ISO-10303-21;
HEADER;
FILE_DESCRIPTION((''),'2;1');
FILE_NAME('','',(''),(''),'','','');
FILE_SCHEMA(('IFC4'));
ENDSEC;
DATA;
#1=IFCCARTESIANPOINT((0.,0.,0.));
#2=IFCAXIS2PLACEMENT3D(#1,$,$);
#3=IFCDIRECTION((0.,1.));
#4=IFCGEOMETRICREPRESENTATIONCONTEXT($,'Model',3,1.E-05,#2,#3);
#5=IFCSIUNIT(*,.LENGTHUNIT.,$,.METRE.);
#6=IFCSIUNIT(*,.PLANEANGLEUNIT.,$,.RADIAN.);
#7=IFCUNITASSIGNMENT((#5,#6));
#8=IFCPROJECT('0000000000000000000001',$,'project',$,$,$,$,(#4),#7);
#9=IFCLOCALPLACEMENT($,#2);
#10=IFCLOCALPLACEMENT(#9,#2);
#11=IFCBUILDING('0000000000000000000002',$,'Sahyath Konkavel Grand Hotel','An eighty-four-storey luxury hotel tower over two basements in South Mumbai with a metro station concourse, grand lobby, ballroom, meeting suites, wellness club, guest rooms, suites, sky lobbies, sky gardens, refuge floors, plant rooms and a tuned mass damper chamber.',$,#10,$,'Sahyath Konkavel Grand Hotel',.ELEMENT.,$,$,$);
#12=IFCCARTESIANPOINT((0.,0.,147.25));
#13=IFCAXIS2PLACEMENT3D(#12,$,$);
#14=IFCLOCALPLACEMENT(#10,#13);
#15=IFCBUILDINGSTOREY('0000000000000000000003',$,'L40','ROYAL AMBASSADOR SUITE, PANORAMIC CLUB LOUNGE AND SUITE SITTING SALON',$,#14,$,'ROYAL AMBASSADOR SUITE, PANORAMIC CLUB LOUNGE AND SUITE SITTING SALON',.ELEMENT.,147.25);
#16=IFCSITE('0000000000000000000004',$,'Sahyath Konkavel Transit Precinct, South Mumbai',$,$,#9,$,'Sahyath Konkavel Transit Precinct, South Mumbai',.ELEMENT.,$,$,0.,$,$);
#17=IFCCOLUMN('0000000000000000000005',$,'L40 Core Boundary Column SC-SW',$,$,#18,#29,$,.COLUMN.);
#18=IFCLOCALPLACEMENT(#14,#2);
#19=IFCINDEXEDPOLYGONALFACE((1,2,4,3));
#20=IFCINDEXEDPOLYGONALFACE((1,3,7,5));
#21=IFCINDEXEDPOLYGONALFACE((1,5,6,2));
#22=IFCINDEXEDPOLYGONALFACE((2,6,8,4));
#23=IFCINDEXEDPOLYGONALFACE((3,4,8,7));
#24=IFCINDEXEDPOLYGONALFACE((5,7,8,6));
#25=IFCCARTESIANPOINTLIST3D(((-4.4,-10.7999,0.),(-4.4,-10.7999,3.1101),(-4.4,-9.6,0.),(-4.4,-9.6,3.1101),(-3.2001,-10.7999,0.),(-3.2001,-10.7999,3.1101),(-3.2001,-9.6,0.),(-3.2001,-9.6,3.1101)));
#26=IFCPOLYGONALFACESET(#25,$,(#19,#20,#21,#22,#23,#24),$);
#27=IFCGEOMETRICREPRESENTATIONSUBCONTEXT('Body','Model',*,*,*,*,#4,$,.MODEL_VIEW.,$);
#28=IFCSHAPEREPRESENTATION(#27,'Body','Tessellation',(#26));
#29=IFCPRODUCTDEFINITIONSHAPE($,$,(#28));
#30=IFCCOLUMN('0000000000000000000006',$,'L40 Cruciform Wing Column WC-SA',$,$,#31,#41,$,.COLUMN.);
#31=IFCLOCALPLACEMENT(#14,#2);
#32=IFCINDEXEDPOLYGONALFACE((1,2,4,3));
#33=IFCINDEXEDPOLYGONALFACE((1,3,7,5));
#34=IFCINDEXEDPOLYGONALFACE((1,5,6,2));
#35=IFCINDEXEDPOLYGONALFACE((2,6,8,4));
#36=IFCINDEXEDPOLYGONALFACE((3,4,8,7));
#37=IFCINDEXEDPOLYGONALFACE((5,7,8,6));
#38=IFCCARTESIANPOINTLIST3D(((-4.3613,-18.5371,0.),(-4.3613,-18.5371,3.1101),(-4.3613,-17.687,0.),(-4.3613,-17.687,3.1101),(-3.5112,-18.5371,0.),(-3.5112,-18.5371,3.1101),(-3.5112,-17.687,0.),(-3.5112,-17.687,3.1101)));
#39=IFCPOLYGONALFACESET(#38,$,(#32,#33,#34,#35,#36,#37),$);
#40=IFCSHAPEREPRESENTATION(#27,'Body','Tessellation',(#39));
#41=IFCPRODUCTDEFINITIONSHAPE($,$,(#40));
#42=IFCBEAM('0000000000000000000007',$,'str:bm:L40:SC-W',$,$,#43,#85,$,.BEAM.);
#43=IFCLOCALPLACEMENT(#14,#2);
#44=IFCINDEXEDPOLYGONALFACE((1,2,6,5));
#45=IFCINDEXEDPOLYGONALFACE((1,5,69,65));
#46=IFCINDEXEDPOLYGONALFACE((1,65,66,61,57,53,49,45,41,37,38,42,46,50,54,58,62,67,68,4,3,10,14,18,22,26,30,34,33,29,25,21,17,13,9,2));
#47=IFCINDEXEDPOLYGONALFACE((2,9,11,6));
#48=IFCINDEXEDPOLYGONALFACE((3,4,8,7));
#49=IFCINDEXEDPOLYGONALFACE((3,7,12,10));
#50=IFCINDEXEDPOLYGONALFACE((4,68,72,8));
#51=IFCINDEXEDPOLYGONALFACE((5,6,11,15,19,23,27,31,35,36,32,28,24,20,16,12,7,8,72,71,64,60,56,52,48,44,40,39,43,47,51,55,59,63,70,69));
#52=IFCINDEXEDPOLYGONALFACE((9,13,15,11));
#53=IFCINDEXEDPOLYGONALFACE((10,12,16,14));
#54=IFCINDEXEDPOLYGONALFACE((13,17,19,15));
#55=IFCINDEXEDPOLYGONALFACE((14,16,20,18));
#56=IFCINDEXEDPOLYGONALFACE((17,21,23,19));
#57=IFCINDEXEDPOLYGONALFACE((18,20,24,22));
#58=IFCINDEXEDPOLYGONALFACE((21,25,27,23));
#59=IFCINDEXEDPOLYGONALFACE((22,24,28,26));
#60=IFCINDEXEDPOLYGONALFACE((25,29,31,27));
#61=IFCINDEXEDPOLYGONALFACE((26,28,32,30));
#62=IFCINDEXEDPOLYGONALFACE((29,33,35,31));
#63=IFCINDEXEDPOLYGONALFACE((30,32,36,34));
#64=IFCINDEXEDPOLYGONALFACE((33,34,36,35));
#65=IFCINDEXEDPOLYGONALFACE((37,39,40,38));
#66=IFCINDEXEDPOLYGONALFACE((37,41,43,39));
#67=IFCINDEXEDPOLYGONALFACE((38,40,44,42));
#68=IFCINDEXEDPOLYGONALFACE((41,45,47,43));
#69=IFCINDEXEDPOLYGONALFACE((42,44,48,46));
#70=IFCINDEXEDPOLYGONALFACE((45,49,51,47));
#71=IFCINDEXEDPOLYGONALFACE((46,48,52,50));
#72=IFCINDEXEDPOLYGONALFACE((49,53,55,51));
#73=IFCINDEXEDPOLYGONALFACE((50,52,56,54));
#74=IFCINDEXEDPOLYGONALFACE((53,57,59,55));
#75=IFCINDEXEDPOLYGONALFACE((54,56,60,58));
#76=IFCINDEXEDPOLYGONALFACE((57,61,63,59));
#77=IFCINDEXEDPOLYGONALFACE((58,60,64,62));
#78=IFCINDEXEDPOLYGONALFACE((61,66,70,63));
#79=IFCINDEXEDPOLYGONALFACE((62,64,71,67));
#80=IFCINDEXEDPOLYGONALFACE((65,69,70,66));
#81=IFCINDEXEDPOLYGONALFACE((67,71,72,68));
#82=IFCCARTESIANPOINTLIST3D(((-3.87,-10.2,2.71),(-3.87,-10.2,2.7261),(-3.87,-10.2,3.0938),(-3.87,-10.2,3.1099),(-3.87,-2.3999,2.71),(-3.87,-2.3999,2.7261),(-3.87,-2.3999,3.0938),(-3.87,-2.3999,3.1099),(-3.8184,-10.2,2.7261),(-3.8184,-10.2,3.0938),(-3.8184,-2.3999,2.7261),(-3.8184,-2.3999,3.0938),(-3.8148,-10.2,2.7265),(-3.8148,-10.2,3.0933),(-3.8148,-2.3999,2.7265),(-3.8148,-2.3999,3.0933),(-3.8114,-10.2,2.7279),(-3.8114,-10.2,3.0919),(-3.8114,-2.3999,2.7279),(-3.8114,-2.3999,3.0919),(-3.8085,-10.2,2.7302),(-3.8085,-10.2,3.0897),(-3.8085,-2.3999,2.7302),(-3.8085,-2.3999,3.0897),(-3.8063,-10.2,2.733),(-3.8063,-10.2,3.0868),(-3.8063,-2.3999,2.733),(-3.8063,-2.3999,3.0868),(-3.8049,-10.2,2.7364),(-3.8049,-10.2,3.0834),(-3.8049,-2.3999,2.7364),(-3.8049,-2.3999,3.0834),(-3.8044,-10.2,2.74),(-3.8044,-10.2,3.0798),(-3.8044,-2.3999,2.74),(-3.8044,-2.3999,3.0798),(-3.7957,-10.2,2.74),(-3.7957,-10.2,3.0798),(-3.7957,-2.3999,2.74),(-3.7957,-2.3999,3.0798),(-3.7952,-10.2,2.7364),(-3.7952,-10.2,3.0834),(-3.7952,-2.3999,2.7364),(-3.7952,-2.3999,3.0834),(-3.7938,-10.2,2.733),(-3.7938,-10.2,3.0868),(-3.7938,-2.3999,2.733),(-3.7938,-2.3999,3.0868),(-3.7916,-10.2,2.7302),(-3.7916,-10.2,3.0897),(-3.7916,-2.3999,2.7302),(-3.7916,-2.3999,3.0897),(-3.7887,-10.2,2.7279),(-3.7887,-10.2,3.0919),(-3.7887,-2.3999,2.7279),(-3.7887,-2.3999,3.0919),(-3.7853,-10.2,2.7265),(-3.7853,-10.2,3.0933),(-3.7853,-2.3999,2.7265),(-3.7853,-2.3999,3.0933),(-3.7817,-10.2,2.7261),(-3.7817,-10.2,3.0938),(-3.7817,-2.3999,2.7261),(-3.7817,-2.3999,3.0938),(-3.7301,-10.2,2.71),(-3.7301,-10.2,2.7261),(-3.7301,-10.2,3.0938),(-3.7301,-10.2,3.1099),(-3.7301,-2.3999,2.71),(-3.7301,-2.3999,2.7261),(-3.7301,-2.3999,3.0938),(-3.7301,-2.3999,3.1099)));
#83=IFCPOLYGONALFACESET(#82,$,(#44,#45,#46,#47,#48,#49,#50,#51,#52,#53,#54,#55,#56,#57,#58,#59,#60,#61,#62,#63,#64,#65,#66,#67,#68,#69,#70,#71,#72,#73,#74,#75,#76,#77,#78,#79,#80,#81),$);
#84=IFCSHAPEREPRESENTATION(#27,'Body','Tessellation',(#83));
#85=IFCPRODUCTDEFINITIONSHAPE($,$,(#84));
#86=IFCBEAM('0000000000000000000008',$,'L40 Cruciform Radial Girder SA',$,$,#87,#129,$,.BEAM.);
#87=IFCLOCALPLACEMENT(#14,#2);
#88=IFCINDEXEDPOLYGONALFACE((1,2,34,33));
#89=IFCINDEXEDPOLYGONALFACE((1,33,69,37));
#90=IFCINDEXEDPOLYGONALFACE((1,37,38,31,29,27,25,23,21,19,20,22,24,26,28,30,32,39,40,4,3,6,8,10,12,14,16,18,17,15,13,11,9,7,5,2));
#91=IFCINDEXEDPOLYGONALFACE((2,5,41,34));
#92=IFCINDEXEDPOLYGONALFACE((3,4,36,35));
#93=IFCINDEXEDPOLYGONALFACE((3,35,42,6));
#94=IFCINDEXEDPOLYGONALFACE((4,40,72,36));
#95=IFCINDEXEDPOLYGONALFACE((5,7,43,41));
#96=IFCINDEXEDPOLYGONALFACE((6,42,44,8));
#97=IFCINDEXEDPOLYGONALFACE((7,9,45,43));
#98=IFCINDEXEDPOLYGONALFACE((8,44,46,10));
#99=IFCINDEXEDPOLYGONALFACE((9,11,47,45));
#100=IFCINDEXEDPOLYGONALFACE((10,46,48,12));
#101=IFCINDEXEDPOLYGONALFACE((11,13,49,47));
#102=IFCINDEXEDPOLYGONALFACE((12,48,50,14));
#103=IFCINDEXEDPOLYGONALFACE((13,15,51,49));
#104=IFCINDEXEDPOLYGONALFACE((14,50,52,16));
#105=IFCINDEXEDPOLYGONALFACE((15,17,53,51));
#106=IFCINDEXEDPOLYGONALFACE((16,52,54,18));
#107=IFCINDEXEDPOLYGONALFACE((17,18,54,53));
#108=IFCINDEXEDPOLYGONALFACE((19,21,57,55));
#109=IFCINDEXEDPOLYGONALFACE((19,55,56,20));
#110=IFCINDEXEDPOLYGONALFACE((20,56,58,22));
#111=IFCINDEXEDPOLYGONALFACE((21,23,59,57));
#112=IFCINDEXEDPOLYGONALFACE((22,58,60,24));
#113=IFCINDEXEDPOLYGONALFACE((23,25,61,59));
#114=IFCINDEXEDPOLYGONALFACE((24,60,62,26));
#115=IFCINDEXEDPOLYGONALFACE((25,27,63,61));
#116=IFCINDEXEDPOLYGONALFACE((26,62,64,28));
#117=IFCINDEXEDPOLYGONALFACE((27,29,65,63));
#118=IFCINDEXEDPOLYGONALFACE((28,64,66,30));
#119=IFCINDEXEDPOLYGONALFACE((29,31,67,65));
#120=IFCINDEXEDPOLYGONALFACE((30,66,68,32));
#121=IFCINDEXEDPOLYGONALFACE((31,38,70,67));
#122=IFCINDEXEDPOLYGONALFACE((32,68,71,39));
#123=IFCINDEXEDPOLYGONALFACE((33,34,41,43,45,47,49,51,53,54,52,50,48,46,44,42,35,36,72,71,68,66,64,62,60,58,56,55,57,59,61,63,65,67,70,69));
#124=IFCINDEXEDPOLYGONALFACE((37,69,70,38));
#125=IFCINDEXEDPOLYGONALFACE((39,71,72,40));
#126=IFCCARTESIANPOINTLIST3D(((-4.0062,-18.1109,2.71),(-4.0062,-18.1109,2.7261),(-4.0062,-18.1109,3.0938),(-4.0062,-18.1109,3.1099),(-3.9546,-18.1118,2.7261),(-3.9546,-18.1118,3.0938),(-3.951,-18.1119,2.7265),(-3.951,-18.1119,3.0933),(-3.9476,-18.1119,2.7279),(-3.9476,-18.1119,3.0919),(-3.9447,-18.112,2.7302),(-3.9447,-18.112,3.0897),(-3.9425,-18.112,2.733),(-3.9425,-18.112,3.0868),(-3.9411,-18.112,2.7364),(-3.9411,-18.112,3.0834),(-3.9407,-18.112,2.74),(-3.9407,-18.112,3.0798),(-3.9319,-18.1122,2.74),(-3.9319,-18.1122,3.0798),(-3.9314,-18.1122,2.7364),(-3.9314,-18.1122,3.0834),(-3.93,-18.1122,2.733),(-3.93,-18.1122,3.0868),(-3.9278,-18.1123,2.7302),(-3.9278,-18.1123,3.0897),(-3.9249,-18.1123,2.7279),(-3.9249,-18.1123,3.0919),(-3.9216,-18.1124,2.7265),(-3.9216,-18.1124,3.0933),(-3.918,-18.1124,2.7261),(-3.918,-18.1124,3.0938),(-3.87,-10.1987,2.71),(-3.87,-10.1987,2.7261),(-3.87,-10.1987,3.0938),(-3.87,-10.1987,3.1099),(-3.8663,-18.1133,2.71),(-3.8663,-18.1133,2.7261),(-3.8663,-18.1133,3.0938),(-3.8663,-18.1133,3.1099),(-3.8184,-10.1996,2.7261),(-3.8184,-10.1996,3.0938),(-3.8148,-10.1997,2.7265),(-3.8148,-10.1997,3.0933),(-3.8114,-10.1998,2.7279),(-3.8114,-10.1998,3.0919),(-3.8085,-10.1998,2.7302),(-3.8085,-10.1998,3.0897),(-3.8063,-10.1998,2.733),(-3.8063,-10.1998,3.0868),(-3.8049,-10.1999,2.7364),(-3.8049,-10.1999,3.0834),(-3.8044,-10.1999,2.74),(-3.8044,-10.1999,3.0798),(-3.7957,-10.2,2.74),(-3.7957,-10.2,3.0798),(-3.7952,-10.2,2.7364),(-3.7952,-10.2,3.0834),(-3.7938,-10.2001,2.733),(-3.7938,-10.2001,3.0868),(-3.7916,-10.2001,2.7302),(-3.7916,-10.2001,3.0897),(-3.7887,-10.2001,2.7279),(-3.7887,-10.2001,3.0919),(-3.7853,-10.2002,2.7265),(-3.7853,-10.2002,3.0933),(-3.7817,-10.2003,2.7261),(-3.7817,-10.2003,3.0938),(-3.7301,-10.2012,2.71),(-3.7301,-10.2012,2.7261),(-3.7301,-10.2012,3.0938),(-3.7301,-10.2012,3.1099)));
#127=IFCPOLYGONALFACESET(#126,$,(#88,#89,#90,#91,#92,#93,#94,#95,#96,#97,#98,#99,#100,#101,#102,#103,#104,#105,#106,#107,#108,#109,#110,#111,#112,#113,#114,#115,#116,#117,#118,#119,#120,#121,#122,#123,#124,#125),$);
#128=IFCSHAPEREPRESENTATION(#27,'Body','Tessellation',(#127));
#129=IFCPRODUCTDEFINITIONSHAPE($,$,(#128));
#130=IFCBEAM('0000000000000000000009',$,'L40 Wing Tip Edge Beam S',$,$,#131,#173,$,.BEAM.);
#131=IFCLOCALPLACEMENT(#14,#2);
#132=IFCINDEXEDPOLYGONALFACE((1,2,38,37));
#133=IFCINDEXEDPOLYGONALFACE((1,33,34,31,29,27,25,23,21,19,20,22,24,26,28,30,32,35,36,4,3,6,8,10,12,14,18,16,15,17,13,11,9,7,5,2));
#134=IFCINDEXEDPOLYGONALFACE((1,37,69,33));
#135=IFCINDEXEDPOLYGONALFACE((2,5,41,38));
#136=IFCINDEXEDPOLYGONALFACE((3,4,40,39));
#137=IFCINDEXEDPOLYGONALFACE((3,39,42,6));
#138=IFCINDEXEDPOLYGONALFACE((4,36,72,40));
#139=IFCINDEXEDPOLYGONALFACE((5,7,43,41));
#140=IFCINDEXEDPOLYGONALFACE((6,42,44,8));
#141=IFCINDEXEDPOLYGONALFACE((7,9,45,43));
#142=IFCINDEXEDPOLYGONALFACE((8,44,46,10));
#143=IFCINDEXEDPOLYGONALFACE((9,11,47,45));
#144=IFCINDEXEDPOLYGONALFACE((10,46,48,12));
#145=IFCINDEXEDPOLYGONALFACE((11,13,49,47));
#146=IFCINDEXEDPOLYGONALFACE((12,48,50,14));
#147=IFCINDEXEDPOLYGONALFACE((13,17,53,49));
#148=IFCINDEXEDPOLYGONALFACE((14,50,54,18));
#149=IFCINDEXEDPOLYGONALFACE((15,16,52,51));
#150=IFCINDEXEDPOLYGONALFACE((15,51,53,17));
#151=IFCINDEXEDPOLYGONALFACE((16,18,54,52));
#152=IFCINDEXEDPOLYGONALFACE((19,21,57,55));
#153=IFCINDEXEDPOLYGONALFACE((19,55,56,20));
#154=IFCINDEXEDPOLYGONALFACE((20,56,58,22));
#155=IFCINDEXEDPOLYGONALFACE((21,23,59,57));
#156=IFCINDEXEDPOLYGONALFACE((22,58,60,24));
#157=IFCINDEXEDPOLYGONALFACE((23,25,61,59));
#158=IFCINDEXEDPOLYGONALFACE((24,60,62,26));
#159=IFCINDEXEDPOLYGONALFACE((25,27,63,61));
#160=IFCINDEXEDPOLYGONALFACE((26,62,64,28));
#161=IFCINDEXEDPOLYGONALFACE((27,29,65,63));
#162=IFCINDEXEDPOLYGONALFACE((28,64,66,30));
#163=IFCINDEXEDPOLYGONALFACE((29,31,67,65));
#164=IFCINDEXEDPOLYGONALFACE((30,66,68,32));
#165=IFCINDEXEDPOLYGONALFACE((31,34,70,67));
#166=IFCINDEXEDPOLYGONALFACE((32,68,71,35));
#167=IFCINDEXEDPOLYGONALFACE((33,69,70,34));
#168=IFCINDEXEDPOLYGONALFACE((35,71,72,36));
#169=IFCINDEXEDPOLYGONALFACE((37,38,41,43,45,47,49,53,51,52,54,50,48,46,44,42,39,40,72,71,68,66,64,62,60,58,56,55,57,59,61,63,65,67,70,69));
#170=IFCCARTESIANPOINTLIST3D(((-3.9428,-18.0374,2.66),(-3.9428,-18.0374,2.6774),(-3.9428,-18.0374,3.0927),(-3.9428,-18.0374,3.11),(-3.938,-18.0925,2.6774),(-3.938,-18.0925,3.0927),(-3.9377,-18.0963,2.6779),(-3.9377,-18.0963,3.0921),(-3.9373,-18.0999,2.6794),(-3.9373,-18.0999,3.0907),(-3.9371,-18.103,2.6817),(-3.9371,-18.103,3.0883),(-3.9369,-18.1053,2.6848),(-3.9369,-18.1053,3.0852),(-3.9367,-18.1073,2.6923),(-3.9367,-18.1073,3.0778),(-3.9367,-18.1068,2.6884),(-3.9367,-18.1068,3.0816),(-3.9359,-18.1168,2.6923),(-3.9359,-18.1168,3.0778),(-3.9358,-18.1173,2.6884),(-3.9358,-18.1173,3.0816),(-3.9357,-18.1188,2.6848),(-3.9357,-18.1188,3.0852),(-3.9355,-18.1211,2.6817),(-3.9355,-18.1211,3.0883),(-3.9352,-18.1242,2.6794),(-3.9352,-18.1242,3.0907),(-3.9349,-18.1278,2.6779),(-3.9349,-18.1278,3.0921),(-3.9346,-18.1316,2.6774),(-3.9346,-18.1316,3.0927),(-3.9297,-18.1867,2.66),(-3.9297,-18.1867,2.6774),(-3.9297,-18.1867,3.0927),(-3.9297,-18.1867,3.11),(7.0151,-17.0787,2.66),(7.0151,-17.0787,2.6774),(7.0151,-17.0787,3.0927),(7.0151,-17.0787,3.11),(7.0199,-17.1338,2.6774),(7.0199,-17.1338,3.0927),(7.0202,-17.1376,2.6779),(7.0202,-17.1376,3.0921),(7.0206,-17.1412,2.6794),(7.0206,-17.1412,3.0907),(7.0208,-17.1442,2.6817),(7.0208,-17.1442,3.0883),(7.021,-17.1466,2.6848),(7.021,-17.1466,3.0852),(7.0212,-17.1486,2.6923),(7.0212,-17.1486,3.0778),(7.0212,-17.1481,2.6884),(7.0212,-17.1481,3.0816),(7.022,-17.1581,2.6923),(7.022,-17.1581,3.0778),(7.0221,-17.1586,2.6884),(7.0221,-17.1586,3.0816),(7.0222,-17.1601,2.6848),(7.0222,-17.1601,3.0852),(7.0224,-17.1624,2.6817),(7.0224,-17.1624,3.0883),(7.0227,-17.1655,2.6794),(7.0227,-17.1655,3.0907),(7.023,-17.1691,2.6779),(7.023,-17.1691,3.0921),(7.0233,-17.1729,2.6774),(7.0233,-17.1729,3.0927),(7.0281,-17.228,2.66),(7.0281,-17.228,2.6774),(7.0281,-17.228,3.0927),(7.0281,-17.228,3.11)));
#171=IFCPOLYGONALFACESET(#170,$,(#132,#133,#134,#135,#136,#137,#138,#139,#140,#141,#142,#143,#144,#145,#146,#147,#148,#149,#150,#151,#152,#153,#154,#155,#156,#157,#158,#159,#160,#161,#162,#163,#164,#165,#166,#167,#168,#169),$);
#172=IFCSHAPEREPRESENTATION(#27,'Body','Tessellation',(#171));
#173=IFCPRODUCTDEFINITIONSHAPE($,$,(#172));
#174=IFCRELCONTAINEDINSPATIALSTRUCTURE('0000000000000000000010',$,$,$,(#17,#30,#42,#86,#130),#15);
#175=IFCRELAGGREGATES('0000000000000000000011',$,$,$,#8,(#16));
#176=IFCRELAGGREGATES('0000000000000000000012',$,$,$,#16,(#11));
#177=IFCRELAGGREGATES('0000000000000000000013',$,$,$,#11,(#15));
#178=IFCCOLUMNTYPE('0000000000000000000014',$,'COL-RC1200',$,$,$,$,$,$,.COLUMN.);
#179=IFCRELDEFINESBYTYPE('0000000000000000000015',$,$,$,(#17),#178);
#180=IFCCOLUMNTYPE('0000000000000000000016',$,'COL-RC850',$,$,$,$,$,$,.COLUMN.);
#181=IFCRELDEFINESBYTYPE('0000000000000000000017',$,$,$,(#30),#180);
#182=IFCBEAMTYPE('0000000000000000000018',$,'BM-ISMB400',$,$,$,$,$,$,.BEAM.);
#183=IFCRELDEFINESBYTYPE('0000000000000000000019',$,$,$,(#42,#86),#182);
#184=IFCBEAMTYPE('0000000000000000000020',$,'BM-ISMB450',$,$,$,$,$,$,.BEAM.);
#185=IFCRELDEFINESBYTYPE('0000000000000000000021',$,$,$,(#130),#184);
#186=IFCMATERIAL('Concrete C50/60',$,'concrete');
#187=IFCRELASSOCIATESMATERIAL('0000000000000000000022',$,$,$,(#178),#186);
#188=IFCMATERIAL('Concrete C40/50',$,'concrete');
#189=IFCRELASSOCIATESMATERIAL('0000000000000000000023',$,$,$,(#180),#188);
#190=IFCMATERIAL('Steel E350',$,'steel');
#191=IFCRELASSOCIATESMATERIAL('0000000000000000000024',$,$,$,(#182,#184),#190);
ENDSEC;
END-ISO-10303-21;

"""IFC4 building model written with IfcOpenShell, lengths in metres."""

from ifc_helpers import new_model, si_unit, direction, frame, origin, origin_2d, place, context, subcontext, project, spatial, rectangle, i_section, extrude, source, transform, mapped, material, material_profile, profile_set, type_object, element, save


model = new_model("IFC4")

# Units and contexts
model_context = context("Model", 3, precision=1e-05, world=origin(), true_north=direction((0.0, 1.0)))
body_context = subcontext(model_context, "Body", "Model", "MODEL_VIEW")
ifc_project = project(units=[si_unit("LENGTHUNIT", "METRE"), si_unit("PLANEANGLEUNIT", "RADIAN")], contexts=[model_context])

# Site, building, storey
site_placement = place(None, origin())
site = spatial("IfcSite", under=ifc_project, at=site_placement, Name="Sahyath Konkavel Transit Precinct, South Mumbai", LongName="Sahyath Konkavel Transit Precinct, South Mumbai", CompositionType="ELEMENT", RefElevation=0.0)
building_placement = place(site_placement, origin())
building = spatial("IfcBuilding", under=site, at=building_placement, Name="Sahyath Konkavel Grand Hotel", Description="An eighty-four-storey luxury hotel tower over two basements in South Mumbai with a metro station concourse, grand lobby, ballroom, meeting suites, wellness club, guest rooms, suites, sky lobbies, sky gardens, refuge floors, plant rooms and a tuned mass damper chamber.", LongName="Sahyath Konkavel Grand Hotel", CompositionType="ELEMENT")
storey_placement = place(building_placement, frame((0.0, 0.0, 147.25)))
storey = spatial("IfcBuildingStorey", under=building, at=storey_placement, Name="L40", Description="ROYAL AMBASSADOR SUITE, PANORAMIC CLUB LOUNGE AND SUITE SITTING SALON", LongName="ROYAL AMBASSADOR SUITE, PANORAMIC CLUB LOUNGE AND SUITE SITTING SALON", CompositionType="ELEMENT", Elevation=147.25)

# Columns
ifc_material_1 = material(Name="Concrete C50/60", Category="concrete")
ifc_material_profile_1 = material_profile(ifc_material_1, rectangle(XDim=1.2, YDim=1.2, at=origin_2d()), Name="RC 1200x1200")
ifc_profile_set_1 = profile_set([ifc_material_profile_1], Name="Concrete C50/60")
column_type_1 = type_object("IfcColumnType", Name="COL-RC1200", PredefinedType="COLUMN", material=ifc_profile_set_1)
shared_shape_1 = source(origin(), body_context, "Body", "SweptSolid", [
    extrude(rectangle(XDim=1.2, YDim=1.2, at=origin_2d()), origin(), (0.0, 0.0, 1.0), 3.1101),
])
column_1_placement = place(storey_placement, frame((-3.8, -10.2, 0.0), z_axis=(0.0, 0.0, 1.0), x_axis=(1.0, 0.0, 0.0)))
element("IfcColumn", 1, at=column_1_placement, inside=storey, type_object=column_type_1, Name="L40 Core Boundary Column SC-SW", PredefinedType="COLUMN", context=body_context, shape_type="MappedRepresentation", body=[
    mapped(shared_shape_1, transform((0.0, 0.0, 0.0), scale=1.0)),
])
ifc_material_2 = material(Name="Concrete C40/50", Category="concrete")
ifc_material_profile_2 = material_profile(ifc_material_2, rectangle(XDim=0.8501, YDim=0.8501, at=origin_2d()), Name="RC 850x850")
ifc_profile_set_2 = profile_set([ifc_material_profile_2], Name="Concrete C40/50")
column_type_2 = type_object("IfcColumnType", Name="COL-RC850", PredefinedType="COLUMN", material=ifc_profile_set_2)
shared_shape_2 = source(origin(), body_context, "Body", "SweptSolid", [
    extrude(rectangle(XDim=0.8501, YDim=0.8501, at=origin_2d()), origin(), (0.0, 0.0, 1.0), 3.1101),
])
column_2_placement = place(storey_placement, frame((-3.9363, -18.1121, 0.0), z_axis=(0.0, 0.0, 1.0), x_axis=(1.0, 0.0, 0.0)))
element("IfcColumn", 2, at=column_2_placement, inside=storey, type_object=column_type_2, Name="L40 Cruciform Wing Column WC-SA", PredefinedType="COLUMN", context=body_context, shape_type="MappedRepresentation", body=[
    mapped(shared_shape_2, transform((0.0, 0.0, 0.0), scale=1.0)),
])

# Beams
ifc_material_3 = material(Name="Steel E350", Category="steel")
ifc_material_profile_3 = material_profile(ifc_material_3, i_section(OverallWidth=0.1399, OverallDepth=0.3999, WebThickness=0.0088, FlangeThickness=0.0161, FilletRadius=0.0139, at=origin_2d()), Name="ISMB 400")
ifc_profile_set_3 = profile_set([ifc_material_profile_3], Name="Steel E350")
beam_type_1 = type_object("IfcBeamType", Name="BM-ISMB400", PredefinedType="BEAM", material=ifc_profile_set_3)
shared_shape_3 = source(origin(), body_context, "Body", "SweptSolid", [
    extrude(i_section(OverallWidth=0.1399, OverallDepth=0.3999, WebThickness=0.0088, FlangeThickness=0.0161, FilletRadius=0.0139, at=origin_2d()), origin(), (0.0, 0.0, 1.0), 7.8),
])
beam_1_placement = place(storey_placement, frame((-3.8, -10.2, 2.9099), z_axis=(0.0, 1.0, 0.0), x_axis=(-1.0, 0.0, 0.0)))
element("IfcBeam", 3, at=beam_1_placement, inside=storey, type_object=beam_type_1, Name="str:bm:L40:SC-W", PredefinedType="BEAM", context=body_context, shape_type="MappedRepresentation", body=[
    mapped(shared_shape_3, transform((0.0, 0.0, 0.0), scale=1.0)),
])
shared_shape_4 = source(origin(), body_context, "Body", "SweptSolid", [
    extrude(i_section(OverallWidth=0.1399, OverallDepth=0.3999, WebThickness=0.0088, FlangeThickness=0.0161, FilletRadius=0.0139, at=origin_2d()), origin(), (0.0, 0.0, 1.0), 7.9133),
])
beam_2_placement = place(storey_placement, frame((-3.8, -10.2, 2.9099), z_axis=(-0.017215, -0.999852, 0.0), x_axis=(0.999852, -0.017215, 0.0)))
element("IfcBeam", 4, at=beam_2_placement, inside=storey, type_object=beam_type_1, Name="L40 Cruciform Radial Girder SA", PredefinedType="BEAM", context=body_context, shape_type="MappedRepresentation", body=[
    mapped(shared_shape_4, transform((0.0, 0.0, 0.0), scale=1.0)),
])
ifc_material_profile_4 = material_profile(ifc_material_3, i_section(OverallWidth=0.1499, OverallDepth=0.45, WebThickness=0.0095, FlangeThickness=0.0173, FilletRadius=0.0149, at=origin_2d()), Name="ISMB 450")
ifc_profile_set_4 = profile_set([ifc_material_profile_4], Name="Steel E350")
beam_type_2 = type_object("IfcBeamType", Name="BM-ISMB450", PredefinedType="BEAM", material=ifc_profile_set_4)
shared_shape_5 = source(origin(), body_context, "Body", "SweptSolid", [
    extrude(i_section(OverallWidth=0.1499, OverallDepth=0.45, WebThickness=0.0095, FlangeThickness=0.0173, FilletRadius=0.0149, at=origin_2d()), origin(), (0.0, 0.0, 1.0), 10.9998),
])
beam_3_placement = place(storey_placement, frame((-3.9363, -18.1121, 2.885), z_axis=(0.996194, 0.087159, 0.0), x_axis=(-0.087159, 0.996194, 0.0)))
element("IfcBeam", 5, at=beam_3_placement, inside=storey, type_object=beam_type_2, Name="L40 Wing Tip Edge Beam S", PredefinedType="BEAM", context=body_context, shape_type="MappedRepresentation", body=[
    mapped(shared_shape_5, transform((0.0, 0.0, 0.0), scale=1.0)),
])

save(model, "model.ifc")
